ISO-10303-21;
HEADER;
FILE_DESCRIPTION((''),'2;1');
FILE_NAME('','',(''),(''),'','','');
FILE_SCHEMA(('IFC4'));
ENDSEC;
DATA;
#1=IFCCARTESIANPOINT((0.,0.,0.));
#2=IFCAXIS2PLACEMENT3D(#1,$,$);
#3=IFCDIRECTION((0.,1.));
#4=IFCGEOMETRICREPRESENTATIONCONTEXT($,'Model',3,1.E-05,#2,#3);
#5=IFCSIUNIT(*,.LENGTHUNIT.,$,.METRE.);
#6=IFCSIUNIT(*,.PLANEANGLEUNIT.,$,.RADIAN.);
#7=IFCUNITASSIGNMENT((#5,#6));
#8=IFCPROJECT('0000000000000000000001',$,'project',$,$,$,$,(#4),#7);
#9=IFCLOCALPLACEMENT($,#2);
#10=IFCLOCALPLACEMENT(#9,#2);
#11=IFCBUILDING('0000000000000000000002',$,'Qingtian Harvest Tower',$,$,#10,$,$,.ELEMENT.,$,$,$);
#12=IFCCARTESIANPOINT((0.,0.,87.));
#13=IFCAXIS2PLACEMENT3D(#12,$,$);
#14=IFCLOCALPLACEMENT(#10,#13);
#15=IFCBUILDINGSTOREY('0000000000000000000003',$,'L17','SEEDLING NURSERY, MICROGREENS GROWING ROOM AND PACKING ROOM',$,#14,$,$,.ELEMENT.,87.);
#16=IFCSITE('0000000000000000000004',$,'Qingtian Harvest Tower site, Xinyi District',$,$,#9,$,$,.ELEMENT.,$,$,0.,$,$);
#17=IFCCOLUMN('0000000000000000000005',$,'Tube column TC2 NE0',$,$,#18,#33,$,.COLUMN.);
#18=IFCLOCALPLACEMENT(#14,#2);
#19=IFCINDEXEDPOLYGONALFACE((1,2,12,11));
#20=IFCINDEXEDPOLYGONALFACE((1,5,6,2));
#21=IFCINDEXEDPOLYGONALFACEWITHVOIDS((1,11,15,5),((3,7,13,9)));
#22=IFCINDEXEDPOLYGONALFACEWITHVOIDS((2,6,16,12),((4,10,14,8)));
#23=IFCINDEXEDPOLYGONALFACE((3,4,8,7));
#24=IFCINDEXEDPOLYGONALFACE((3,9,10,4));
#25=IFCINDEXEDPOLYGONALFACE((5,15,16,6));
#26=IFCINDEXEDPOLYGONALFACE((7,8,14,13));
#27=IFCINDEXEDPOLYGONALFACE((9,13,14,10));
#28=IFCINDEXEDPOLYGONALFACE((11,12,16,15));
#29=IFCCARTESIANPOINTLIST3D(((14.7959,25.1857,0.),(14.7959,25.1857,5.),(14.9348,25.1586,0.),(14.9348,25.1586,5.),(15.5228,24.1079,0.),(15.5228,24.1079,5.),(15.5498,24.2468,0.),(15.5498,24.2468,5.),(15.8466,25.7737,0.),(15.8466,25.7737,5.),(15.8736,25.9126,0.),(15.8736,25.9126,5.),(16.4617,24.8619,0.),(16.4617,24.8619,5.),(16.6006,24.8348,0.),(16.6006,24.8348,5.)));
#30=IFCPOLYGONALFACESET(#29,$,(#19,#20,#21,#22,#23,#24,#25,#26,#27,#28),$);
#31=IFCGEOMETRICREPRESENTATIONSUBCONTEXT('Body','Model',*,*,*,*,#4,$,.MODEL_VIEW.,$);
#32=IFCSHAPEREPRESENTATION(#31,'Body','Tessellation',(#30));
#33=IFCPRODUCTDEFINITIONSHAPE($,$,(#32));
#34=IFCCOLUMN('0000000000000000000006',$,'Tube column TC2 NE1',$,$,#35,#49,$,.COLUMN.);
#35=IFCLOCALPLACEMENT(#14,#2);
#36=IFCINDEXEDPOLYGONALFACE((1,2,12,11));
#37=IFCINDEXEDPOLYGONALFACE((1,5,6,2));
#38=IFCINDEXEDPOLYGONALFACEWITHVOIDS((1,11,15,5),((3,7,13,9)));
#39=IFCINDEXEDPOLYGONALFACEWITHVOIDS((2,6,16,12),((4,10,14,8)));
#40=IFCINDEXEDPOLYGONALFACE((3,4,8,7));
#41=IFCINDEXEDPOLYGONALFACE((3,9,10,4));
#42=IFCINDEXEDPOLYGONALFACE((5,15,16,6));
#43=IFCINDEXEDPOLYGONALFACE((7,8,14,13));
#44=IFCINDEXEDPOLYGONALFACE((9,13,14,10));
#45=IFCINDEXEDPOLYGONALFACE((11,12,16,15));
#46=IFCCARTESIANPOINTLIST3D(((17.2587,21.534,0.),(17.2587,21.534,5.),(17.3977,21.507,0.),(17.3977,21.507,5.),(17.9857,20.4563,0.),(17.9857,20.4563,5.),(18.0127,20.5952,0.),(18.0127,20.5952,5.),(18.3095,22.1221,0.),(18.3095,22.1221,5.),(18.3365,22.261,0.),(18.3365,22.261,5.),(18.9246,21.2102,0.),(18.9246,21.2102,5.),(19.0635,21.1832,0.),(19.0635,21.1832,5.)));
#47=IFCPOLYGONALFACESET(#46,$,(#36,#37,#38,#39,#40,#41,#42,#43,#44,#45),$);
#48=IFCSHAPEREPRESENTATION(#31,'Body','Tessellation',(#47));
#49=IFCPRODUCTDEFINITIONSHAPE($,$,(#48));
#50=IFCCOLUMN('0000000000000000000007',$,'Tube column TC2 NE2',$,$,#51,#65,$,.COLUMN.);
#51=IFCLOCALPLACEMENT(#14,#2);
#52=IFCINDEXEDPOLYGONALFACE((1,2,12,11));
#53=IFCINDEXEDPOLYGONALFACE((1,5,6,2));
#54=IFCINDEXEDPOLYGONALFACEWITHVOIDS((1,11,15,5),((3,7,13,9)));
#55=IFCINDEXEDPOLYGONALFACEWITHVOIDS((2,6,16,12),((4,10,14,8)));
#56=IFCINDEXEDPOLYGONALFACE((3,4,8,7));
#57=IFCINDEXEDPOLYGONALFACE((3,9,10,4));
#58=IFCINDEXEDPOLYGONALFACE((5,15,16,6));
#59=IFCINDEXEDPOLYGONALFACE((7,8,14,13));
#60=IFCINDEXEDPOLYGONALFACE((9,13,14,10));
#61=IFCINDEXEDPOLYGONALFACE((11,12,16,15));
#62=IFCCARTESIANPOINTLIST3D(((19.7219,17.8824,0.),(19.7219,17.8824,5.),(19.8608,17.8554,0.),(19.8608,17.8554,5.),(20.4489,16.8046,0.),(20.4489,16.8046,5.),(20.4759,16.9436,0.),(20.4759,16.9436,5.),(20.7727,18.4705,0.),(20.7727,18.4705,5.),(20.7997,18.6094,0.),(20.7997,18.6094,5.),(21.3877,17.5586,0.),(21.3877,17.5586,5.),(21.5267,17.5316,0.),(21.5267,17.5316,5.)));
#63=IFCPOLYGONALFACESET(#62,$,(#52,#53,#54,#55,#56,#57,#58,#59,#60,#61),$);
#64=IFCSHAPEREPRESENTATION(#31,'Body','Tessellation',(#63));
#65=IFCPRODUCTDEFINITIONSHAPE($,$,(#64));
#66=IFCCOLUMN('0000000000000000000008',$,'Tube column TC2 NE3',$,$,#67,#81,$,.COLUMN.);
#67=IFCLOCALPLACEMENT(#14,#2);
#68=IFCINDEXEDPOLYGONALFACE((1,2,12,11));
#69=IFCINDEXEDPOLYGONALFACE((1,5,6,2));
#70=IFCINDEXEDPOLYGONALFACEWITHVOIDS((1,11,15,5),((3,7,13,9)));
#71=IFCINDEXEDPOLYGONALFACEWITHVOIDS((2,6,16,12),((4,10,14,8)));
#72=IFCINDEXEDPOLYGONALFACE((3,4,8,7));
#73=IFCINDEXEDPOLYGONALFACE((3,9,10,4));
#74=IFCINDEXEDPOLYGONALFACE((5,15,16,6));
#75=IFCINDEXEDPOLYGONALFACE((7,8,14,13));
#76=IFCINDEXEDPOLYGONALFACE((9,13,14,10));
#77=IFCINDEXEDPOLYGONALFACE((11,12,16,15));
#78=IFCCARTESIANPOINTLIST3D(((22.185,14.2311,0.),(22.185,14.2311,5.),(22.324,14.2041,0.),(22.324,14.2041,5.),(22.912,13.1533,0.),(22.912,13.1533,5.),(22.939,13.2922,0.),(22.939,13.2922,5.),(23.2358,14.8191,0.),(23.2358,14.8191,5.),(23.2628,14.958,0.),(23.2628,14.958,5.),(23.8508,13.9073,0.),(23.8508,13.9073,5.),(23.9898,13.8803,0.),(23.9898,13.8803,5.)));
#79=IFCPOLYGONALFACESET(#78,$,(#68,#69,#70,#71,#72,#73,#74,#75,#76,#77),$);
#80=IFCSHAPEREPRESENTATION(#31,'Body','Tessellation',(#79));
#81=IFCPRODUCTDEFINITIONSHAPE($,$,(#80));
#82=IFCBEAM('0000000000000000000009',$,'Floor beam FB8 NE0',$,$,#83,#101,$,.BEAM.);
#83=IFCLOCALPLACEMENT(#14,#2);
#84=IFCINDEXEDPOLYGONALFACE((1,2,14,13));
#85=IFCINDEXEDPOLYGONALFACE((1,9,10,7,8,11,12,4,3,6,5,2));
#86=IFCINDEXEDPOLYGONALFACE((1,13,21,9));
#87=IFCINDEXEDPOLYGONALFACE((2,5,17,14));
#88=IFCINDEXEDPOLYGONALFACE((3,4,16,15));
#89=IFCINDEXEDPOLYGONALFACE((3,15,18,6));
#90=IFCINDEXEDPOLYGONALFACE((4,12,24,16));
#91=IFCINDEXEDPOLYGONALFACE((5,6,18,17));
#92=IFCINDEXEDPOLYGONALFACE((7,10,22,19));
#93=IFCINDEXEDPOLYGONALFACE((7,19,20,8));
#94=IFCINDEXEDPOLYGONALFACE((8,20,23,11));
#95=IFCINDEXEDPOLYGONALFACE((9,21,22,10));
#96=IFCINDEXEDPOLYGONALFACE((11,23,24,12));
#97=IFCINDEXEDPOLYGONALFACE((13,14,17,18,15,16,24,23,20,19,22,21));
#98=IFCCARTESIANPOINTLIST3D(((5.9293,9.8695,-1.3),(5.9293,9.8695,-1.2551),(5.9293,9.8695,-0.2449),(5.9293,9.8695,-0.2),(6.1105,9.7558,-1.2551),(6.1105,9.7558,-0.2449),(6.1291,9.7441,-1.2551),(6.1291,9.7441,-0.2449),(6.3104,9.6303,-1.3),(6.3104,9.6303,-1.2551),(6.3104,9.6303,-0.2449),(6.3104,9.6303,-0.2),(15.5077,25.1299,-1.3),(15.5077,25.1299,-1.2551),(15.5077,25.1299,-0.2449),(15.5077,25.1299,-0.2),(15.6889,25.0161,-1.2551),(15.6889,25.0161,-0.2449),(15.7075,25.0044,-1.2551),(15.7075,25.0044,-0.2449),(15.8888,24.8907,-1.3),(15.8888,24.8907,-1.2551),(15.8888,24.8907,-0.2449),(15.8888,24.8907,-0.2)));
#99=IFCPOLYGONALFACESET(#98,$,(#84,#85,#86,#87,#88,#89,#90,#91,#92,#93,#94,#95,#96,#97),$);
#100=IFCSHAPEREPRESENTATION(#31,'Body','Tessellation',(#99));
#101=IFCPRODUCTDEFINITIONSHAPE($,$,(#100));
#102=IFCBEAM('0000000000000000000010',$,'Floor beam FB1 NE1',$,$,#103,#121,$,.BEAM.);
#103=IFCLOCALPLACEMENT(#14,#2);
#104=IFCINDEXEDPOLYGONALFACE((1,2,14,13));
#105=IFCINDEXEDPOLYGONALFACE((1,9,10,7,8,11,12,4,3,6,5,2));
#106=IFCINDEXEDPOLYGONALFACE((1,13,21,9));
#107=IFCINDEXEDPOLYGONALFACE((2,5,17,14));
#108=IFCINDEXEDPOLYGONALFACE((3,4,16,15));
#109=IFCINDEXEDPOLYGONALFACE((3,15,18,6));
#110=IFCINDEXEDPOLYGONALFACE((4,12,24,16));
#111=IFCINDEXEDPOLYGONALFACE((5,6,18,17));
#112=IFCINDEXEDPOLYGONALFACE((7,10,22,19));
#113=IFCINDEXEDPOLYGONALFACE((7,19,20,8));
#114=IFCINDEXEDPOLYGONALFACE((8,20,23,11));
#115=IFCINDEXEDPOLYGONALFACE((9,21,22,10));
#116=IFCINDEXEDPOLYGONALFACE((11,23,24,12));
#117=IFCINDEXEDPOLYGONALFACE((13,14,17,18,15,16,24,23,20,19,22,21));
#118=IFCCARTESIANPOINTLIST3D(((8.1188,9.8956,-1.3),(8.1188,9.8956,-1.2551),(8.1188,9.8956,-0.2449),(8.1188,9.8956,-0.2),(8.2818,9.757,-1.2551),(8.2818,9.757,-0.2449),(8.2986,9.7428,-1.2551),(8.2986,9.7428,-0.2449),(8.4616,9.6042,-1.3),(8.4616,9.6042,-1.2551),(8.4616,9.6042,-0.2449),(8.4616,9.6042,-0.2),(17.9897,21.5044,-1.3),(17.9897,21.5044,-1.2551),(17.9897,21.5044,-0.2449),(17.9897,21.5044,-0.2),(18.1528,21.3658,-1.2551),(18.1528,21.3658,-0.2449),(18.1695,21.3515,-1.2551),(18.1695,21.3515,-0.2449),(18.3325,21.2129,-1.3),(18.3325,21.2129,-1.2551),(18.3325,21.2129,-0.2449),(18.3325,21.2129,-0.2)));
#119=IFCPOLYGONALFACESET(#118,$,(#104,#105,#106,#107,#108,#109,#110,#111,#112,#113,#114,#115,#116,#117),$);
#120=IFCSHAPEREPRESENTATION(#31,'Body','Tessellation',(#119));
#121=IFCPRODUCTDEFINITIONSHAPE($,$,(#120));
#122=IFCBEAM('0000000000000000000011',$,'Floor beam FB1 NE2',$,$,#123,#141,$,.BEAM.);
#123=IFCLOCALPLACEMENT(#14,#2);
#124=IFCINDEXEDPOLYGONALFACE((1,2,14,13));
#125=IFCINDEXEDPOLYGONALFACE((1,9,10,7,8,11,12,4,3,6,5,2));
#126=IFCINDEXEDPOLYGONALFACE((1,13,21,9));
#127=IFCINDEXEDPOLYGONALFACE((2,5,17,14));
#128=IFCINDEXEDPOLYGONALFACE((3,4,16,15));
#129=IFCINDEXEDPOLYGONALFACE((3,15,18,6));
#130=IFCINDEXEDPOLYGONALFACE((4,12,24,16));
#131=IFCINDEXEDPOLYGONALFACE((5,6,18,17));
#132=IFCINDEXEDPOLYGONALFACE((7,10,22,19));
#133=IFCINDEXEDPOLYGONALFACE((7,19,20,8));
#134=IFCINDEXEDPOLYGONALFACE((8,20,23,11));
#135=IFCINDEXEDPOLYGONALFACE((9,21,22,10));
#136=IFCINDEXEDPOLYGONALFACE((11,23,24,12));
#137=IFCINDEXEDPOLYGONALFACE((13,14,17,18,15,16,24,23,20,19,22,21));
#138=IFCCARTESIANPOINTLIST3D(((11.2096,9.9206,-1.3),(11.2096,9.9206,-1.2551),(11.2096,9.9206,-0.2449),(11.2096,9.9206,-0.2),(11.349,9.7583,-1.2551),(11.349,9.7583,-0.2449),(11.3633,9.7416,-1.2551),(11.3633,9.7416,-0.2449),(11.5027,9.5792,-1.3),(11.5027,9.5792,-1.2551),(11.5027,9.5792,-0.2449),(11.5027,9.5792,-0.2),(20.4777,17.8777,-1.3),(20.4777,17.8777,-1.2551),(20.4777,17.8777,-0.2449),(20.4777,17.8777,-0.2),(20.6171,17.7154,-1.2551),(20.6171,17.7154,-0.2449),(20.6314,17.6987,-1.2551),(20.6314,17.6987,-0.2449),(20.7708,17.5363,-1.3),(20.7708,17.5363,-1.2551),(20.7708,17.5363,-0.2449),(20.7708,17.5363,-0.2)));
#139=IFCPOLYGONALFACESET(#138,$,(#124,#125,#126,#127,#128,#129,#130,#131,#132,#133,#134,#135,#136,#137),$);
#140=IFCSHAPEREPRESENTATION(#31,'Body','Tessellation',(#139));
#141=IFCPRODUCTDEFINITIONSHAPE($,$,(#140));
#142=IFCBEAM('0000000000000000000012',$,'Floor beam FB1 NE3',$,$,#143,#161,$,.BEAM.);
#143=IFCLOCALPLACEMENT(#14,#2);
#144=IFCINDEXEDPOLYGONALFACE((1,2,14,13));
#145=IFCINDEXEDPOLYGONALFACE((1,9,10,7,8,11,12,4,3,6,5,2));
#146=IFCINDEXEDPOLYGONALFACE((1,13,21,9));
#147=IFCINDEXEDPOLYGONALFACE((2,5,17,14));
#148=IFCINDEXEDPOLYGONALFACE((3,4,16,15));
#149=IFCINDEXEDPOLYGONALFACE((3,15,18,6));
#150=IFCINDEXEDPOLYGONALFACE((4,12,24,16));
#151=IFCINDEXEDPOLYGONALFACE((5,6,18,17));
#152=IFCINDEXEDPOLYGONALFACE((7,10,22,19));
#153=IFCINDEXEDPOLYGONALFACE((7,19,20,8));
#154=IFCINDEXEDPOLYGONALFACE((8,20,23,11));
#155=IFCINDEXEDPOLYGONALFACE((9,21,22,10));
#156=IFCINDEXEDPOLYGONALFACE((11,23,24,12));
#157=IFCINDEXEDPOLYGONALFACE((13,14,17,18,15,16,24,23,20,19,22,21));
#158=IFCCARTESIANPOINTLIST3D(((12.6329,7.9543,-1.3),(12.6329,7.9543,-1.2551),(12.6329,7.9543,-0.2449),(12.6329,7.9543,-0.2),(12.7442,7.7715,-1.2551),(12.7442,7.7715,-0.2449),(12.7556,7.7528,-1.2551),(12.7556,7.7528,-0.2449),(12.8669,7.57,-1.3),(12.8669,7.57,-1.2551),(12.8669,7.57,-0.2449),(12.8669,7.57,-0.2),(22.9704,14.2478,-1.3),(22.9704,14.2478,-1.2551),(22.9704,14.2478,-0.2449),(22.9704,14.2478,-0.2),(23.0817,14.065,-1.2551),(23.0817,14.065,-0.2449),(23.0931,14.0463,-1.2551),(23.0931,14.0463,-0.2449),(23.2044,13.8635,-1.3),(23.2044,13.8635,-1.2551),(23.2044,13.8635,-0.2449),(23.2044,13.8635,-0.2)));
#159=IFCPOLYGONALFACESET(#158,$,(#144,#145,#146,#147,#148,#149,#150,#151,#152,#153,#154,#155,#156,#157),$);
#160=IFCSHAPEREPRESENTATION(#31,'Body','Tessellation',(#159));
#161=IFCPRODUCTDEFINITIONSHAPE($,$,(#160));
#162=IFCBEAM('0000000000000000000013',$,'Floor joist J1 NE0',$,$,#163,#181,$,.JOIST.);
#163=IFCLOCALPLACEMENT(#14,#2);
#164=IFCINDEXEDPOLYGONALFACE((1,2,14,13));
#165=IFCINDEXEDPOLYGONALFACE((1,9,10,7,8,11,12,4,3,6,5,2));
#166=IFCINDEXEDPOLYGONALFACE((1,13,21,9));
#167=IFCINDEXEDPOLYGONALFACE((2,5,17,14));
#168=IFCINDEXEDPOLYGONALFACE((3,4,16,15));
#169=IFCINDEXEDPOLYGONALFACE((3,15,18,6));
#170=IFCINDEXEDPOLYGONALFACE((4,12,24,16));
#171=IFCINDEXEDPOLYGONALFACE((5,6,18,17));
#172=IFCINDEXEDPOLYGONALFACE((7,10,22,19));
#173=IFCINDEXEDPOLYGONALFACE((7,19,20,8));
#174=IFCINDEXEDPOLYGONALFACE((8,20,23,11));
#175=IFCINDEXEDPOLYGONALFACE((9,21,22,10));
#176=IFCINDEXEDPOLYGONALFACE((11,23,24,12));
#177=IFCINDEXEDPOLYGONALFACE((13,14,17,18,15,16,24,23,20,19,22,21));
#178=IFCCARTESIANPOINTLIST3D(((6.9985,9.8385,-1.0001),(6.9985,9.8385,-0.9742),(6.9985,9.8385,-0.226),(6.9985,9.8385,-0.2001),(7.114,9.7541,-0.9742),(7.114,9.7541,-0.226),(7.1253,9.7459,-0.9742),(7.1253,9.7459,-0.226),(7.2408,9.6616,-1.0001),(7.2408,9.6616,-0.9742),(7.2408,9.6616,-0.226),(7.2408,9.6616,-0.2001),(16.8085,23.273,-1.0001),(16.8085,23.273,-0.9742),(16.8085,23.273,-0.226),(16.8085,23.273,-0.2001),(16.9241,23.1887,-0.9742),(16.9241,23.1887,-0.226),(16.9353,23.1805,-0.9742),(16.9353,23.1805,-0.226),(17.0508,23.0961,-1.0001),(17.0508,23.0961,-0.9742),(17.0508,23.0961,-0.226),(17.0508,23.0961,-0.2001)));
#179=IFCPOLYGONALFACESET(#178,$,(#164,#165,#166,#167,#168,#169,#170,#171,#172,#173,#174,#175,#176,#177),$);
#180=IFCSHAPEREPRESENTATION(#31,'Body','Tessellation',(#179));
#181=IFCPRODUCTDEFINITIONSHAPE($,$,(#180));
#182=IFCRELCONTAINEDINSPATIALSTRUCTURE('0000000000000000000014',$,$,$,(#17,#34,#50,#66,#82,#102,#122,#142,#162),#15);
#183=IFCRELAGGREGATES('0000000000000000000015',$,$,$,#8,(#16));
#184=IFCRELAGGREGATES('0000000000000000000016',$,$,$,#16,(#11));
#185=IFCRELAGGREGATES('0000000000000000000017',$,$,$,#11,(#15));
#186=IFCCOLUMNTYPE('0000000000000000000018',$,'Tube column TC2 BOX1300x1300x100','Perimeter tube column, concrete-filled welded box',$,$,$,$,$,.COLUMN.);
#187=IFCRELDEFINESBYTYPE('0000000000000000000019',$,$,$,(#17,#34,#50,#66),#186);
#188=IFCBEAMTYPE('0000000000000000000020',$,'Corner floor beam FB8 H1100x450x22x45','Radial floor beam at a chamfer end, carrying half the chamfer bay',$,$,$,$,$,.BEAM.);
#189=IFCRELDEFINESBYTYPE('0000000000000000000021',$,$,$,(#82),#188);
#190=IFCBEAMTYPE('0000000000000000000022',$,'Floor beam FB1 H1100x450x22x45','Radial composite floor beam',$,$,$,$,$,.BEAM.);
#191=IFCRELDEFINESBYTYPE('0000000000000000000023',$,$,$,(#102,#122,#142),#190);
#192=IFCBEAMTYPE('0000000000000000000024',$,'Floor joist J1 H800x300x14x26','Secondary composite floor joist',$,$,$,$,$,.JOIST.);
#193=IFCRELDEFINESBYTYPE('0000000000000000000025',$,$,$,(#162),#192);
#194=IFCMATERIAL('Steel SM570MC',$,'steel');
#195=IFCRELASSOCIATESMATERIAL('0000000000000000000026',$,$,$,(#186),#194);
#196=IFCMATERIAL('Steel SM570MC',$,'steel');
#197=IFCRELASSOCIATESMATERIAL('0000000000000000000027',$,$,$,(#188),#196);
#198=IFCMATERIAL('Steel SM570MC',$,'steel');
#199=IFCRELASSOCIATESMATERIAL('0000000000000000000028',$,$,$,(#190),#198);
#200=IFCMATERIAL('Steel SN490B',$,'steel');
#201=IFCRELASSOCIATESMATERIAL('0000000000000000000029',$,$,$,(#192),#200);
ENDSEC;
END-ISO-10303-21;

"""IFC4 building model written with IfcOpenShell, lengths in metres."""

from ifc_helpers import new_model, si_unit, direction, frame, origin, origin_2d, place, context, subcontext, project, spatial, hollow_rectangle, i_section, extrude, material, material_profile, profile_set, type_object, element, save


model = new_model("IFC4")

# Units and contexts
model_context = context("Model", 3, precision=1e-05, world=origin(), true_north=direction((0.0, 1.0)))
body_context = subcontext(model_context, "Body", "Model", "MODEL_VIEW")
ifc_project = project(units=[si_unit("LENGTHUNIT", "METRE"), si_unit("PLANEANGLEUNIT", "RADIAN")], contexts=[model_context])

# Site, building, storey
site_placement = place(None, origin())
site = spatial("IfcSite", under=ifc_project, at=site_placement, Name="Qingtian Harvest Tower site, Xinyi District", CompositionType="ELEMENT", RefElevation=0.0)
building_placement = place(site_placement, origin())
building = spatial("IfcBuilding", under=site, at=building_placement, Name="Qingtian Harvest Tower", CompositionType="ELEMENT")
storey_placement = place(building_placement, frame((0.0, 0.0, 87.0)))
storey = spatial("IfcBuildingStorey", under=building, at=storey_placement, Name="L17", Description="SEEDLING NURSERY, MICROGREENS GROWING ROOM AND PACKING ROOM", CompositionType="ELEMENT", Elevation=87.0)

# Columns
ifc_material_1 = material(Name="Steel SM570MC", Category="steel")
ifc_material_profile_1 = material_profile(ifc_material_1, hollow_rectangle(XDim=1.3, YDim=1.3, WallThickness=0.1001, at=origin_2d()), Name="BOX1300x1300x100")
ifc_profile_set_1 = profile_set([ifc_material_profile_1], Name="Steel SM570MC")
column_type = type_object("IfcColumnType", Name="Tube column TC2 BOX1300x1300x100", Description="Perimeter tube column, concrete-filled welded box", PredefinedType="COLUMN", material=ifc_profile_set_1)
for number, where, z_axis, x_axis, name in (
    (1, (15.6982, 25.0103, 0.0), (0.0, 0.0, 1.0), (-0.559193, 0.829038, 0.0), "Tube column TC2 NE0"),
    (2, (18.1611, 21.3586, 0.0), (0.0, 0.0, 1.0), (-0.559193, 0.829038, 0.0), "Tube column TC2 NE1"),
    (3, (20.6243, 17.707, 0.0), (0.0, 0.0, 1.0), (-0.559193, 0.829038, 0.0), "Tube column TC2 NE2"),
    (4, (23.0874, 14.0557, 0.0), (0.0, 0.0, 1.0), (-0.559193, 0.829038, 0.0), "Tube column TC2 NE3"),
):
    element("IfcColumn", number, at=place(storey_placement, frame(where, z_axis=z_axis, x_axis=x_axis)), inside=storey, type_object=column_type, Name=name, PredefinedType="COLUMN", context=body_context, shape_type="SweptSolid", body=[
        extrude(hollow_rectangle(XDim=1.3, YDim=1.3, WallThickness=0.1001, at=origin_2d()), origin(), (0.0, 0.0, 1.0), 5.0),
    ])

# Beams
ifc_material_2 = material(Name="Steel SM570MC", Category="steel")
ifc_material_profile_2 = material_profile(ifc_material_2, i_section(OverallWidth=0.45, OverallDepth=1.1001, WebThickness=0.022, FlangeThickness=0.0449, at=origin_2d()), Name="H1100x450x22x45")
ifc_profile_set_2 = profile_set([ifc_material_profile_2], Name="Steel SM570MC")
beam_type_1 = type_object("IfcBeamType", Name="Corner floor beam FB8 H1100x450x22x45", Description="Radial floor beam at a chamfer end, carrying half the chamfer bay", PredefinedType="BEAM", material=ifc_profile_set_2)
beam_1_placement = place(storey_placement, frame((15.6982, 25.0103, -0.75), z_axis=(-0.531623, -0.846981, 0.0), x_axis=(0.846981, -0.531623, 0.0)))
element("IfcBeam", 5, at=beam_1_placement, inside=storey, type_object=beam_type_1, Name="Floor beam FB8 NE0", PredefinedType="BEAM", context=body_context, shape_type="SweptSolid", body=[
    extrude(i_section(OverallWidth=0.45, OverallDepth=1.1001, WebThickness=0.022, FlangeThickness=0.0449, at=origin_2d()), origin(), (0.0, 0.0, 1.0), 18.0173),
])
ifc_material_3 = material(Name="Steel SM570MC", Category="steel")
ifc_material_profile_3 = material_profile(ifc_material_3, i_section(OverallWidth=0.45, OverallDepth=1.1001, WebThickness=0.022, FlangeThickness=0.0449, at=origin_2d()), Name="H1100x450x22x45")
ifc_profile_set_3 = profile_set([ifc_material_profile_3], Name="Steel SM570MC")
beam_type_2 = type_object("IfcBeamType", Name="Floor beam FB1 H1100x450x22x45", Description="Radial composite floor beam", PredefinedType="BEAM", material=ifc_profile_set_3)
beam_2_placement = place(storey_placement, frame((18.1611, 21.3586, -0.75), z_axis=(-0.647782, -0.761826, 0.0), x_axis=(0.761826, -0.647782, 0.0)))
element("IfcBeam", 6, at=beam_2_placement, inside=storey, type_object=beam_type_2, Name="Floor beam FB1 NE1", PredefinedType="BEAM", context=body_context, shape_type="SweptSolid", body=[
    extrude(i_section(OverallWidth=0.45, OverallDepth=1.1001, WebThickness=0.022, FlangeThickness=0.0449, at=origin_2d()), origin(), (0.0, 0.0, 1.0), 15.238),
])
beam_3_placement = place(storey_placement, frame((20.6243, 17.707, -0.75), z_axis=(-0.758732, -0.651403, 0.0), x_axis=(0.651403, -0.758732, 0.0)))
element("IfcBeam", 7, at=beam_3_placement, inside=storey, type_object=beam_type_2, Name="Floor beam FB1 NE2", PredefinedType="BEAM", context=body_context, shape_type="SweptSolid", body=[
    extrude(i_section(OverallWidth=0.45, OverallDepth=1.1001, WebThickness=0.022, FlangeThickness=0.0449, at=origin_2d()), origin(), (0.0, 0.0, 1.0), 12.2153),
])
beam_4_placement = place(storey_placement, frame((23.0874, 14.0557, -0.75), z_axis=(-0.854157, -0.520015, 0.0), x_axis=(0.520015, -0.854157, 0.0)))
element("IfcBeam", 8, at=beam_4_placement, inside=storey, type_object=beam_type_2, Name="Floor beam FB1 NE3", PredefinedType="BEAM", context=body_context, shape_type="SweptSolid", body=[
    extrude(i_section(OverallWidth=0.45, OverallDepth=1.1001, WebThickness=0.022, FlangeThickness=0.0449, at=origin_2d()), origin(), (0.0, 0.0, 1.0), 12.1025),
])
ifc_material_4 = material(Name="Steel SN490B", Category="steel")
ifc_material_profile_4 = material_profile(ifc_material_4, i_section(OverallWidth=0.3, OverallDepth=0.8, WebThickness=0.0139, FlangeThickness=0.0259, at=origin_2d()), Name="H800x300x14x26")
ifc_profile_set_4 = profile_set([ifc_material_profile_4], Name="Steel SN490B")
beam_type_3 = type_object("IfcBeamType", Name="Floor joist J1 H800x300x14x26", Description="Secondary composite floor joist", PredefinedType="JOIST", material=ifc_profile_set_4)
beam_5_placement = place(storey_placement, frame((16.9297, 23.1846, -0.6001), z_axis=(-0.589722, -0.807606, 0.0), x_axis=(0.807606, -0.589722, 0.0)))
element("IfcBeam", 9, at=beam_5_placement, inside=storey, type_object=beam_type_3, Name="Floor joist J1 NE0", PredefinedType="JOIST", context=body_context, shape_type="SweptSolid", body=[
    extrude(i_section(OverallWidth=0.3, OverallDepth=0.8, WebThickness=0.0139, FlangeThickness=0.0259, at=origin_2d()), origin(), (0.0, 0.0, 1.0), 16.635),
])

save(model, "model.ifc")
